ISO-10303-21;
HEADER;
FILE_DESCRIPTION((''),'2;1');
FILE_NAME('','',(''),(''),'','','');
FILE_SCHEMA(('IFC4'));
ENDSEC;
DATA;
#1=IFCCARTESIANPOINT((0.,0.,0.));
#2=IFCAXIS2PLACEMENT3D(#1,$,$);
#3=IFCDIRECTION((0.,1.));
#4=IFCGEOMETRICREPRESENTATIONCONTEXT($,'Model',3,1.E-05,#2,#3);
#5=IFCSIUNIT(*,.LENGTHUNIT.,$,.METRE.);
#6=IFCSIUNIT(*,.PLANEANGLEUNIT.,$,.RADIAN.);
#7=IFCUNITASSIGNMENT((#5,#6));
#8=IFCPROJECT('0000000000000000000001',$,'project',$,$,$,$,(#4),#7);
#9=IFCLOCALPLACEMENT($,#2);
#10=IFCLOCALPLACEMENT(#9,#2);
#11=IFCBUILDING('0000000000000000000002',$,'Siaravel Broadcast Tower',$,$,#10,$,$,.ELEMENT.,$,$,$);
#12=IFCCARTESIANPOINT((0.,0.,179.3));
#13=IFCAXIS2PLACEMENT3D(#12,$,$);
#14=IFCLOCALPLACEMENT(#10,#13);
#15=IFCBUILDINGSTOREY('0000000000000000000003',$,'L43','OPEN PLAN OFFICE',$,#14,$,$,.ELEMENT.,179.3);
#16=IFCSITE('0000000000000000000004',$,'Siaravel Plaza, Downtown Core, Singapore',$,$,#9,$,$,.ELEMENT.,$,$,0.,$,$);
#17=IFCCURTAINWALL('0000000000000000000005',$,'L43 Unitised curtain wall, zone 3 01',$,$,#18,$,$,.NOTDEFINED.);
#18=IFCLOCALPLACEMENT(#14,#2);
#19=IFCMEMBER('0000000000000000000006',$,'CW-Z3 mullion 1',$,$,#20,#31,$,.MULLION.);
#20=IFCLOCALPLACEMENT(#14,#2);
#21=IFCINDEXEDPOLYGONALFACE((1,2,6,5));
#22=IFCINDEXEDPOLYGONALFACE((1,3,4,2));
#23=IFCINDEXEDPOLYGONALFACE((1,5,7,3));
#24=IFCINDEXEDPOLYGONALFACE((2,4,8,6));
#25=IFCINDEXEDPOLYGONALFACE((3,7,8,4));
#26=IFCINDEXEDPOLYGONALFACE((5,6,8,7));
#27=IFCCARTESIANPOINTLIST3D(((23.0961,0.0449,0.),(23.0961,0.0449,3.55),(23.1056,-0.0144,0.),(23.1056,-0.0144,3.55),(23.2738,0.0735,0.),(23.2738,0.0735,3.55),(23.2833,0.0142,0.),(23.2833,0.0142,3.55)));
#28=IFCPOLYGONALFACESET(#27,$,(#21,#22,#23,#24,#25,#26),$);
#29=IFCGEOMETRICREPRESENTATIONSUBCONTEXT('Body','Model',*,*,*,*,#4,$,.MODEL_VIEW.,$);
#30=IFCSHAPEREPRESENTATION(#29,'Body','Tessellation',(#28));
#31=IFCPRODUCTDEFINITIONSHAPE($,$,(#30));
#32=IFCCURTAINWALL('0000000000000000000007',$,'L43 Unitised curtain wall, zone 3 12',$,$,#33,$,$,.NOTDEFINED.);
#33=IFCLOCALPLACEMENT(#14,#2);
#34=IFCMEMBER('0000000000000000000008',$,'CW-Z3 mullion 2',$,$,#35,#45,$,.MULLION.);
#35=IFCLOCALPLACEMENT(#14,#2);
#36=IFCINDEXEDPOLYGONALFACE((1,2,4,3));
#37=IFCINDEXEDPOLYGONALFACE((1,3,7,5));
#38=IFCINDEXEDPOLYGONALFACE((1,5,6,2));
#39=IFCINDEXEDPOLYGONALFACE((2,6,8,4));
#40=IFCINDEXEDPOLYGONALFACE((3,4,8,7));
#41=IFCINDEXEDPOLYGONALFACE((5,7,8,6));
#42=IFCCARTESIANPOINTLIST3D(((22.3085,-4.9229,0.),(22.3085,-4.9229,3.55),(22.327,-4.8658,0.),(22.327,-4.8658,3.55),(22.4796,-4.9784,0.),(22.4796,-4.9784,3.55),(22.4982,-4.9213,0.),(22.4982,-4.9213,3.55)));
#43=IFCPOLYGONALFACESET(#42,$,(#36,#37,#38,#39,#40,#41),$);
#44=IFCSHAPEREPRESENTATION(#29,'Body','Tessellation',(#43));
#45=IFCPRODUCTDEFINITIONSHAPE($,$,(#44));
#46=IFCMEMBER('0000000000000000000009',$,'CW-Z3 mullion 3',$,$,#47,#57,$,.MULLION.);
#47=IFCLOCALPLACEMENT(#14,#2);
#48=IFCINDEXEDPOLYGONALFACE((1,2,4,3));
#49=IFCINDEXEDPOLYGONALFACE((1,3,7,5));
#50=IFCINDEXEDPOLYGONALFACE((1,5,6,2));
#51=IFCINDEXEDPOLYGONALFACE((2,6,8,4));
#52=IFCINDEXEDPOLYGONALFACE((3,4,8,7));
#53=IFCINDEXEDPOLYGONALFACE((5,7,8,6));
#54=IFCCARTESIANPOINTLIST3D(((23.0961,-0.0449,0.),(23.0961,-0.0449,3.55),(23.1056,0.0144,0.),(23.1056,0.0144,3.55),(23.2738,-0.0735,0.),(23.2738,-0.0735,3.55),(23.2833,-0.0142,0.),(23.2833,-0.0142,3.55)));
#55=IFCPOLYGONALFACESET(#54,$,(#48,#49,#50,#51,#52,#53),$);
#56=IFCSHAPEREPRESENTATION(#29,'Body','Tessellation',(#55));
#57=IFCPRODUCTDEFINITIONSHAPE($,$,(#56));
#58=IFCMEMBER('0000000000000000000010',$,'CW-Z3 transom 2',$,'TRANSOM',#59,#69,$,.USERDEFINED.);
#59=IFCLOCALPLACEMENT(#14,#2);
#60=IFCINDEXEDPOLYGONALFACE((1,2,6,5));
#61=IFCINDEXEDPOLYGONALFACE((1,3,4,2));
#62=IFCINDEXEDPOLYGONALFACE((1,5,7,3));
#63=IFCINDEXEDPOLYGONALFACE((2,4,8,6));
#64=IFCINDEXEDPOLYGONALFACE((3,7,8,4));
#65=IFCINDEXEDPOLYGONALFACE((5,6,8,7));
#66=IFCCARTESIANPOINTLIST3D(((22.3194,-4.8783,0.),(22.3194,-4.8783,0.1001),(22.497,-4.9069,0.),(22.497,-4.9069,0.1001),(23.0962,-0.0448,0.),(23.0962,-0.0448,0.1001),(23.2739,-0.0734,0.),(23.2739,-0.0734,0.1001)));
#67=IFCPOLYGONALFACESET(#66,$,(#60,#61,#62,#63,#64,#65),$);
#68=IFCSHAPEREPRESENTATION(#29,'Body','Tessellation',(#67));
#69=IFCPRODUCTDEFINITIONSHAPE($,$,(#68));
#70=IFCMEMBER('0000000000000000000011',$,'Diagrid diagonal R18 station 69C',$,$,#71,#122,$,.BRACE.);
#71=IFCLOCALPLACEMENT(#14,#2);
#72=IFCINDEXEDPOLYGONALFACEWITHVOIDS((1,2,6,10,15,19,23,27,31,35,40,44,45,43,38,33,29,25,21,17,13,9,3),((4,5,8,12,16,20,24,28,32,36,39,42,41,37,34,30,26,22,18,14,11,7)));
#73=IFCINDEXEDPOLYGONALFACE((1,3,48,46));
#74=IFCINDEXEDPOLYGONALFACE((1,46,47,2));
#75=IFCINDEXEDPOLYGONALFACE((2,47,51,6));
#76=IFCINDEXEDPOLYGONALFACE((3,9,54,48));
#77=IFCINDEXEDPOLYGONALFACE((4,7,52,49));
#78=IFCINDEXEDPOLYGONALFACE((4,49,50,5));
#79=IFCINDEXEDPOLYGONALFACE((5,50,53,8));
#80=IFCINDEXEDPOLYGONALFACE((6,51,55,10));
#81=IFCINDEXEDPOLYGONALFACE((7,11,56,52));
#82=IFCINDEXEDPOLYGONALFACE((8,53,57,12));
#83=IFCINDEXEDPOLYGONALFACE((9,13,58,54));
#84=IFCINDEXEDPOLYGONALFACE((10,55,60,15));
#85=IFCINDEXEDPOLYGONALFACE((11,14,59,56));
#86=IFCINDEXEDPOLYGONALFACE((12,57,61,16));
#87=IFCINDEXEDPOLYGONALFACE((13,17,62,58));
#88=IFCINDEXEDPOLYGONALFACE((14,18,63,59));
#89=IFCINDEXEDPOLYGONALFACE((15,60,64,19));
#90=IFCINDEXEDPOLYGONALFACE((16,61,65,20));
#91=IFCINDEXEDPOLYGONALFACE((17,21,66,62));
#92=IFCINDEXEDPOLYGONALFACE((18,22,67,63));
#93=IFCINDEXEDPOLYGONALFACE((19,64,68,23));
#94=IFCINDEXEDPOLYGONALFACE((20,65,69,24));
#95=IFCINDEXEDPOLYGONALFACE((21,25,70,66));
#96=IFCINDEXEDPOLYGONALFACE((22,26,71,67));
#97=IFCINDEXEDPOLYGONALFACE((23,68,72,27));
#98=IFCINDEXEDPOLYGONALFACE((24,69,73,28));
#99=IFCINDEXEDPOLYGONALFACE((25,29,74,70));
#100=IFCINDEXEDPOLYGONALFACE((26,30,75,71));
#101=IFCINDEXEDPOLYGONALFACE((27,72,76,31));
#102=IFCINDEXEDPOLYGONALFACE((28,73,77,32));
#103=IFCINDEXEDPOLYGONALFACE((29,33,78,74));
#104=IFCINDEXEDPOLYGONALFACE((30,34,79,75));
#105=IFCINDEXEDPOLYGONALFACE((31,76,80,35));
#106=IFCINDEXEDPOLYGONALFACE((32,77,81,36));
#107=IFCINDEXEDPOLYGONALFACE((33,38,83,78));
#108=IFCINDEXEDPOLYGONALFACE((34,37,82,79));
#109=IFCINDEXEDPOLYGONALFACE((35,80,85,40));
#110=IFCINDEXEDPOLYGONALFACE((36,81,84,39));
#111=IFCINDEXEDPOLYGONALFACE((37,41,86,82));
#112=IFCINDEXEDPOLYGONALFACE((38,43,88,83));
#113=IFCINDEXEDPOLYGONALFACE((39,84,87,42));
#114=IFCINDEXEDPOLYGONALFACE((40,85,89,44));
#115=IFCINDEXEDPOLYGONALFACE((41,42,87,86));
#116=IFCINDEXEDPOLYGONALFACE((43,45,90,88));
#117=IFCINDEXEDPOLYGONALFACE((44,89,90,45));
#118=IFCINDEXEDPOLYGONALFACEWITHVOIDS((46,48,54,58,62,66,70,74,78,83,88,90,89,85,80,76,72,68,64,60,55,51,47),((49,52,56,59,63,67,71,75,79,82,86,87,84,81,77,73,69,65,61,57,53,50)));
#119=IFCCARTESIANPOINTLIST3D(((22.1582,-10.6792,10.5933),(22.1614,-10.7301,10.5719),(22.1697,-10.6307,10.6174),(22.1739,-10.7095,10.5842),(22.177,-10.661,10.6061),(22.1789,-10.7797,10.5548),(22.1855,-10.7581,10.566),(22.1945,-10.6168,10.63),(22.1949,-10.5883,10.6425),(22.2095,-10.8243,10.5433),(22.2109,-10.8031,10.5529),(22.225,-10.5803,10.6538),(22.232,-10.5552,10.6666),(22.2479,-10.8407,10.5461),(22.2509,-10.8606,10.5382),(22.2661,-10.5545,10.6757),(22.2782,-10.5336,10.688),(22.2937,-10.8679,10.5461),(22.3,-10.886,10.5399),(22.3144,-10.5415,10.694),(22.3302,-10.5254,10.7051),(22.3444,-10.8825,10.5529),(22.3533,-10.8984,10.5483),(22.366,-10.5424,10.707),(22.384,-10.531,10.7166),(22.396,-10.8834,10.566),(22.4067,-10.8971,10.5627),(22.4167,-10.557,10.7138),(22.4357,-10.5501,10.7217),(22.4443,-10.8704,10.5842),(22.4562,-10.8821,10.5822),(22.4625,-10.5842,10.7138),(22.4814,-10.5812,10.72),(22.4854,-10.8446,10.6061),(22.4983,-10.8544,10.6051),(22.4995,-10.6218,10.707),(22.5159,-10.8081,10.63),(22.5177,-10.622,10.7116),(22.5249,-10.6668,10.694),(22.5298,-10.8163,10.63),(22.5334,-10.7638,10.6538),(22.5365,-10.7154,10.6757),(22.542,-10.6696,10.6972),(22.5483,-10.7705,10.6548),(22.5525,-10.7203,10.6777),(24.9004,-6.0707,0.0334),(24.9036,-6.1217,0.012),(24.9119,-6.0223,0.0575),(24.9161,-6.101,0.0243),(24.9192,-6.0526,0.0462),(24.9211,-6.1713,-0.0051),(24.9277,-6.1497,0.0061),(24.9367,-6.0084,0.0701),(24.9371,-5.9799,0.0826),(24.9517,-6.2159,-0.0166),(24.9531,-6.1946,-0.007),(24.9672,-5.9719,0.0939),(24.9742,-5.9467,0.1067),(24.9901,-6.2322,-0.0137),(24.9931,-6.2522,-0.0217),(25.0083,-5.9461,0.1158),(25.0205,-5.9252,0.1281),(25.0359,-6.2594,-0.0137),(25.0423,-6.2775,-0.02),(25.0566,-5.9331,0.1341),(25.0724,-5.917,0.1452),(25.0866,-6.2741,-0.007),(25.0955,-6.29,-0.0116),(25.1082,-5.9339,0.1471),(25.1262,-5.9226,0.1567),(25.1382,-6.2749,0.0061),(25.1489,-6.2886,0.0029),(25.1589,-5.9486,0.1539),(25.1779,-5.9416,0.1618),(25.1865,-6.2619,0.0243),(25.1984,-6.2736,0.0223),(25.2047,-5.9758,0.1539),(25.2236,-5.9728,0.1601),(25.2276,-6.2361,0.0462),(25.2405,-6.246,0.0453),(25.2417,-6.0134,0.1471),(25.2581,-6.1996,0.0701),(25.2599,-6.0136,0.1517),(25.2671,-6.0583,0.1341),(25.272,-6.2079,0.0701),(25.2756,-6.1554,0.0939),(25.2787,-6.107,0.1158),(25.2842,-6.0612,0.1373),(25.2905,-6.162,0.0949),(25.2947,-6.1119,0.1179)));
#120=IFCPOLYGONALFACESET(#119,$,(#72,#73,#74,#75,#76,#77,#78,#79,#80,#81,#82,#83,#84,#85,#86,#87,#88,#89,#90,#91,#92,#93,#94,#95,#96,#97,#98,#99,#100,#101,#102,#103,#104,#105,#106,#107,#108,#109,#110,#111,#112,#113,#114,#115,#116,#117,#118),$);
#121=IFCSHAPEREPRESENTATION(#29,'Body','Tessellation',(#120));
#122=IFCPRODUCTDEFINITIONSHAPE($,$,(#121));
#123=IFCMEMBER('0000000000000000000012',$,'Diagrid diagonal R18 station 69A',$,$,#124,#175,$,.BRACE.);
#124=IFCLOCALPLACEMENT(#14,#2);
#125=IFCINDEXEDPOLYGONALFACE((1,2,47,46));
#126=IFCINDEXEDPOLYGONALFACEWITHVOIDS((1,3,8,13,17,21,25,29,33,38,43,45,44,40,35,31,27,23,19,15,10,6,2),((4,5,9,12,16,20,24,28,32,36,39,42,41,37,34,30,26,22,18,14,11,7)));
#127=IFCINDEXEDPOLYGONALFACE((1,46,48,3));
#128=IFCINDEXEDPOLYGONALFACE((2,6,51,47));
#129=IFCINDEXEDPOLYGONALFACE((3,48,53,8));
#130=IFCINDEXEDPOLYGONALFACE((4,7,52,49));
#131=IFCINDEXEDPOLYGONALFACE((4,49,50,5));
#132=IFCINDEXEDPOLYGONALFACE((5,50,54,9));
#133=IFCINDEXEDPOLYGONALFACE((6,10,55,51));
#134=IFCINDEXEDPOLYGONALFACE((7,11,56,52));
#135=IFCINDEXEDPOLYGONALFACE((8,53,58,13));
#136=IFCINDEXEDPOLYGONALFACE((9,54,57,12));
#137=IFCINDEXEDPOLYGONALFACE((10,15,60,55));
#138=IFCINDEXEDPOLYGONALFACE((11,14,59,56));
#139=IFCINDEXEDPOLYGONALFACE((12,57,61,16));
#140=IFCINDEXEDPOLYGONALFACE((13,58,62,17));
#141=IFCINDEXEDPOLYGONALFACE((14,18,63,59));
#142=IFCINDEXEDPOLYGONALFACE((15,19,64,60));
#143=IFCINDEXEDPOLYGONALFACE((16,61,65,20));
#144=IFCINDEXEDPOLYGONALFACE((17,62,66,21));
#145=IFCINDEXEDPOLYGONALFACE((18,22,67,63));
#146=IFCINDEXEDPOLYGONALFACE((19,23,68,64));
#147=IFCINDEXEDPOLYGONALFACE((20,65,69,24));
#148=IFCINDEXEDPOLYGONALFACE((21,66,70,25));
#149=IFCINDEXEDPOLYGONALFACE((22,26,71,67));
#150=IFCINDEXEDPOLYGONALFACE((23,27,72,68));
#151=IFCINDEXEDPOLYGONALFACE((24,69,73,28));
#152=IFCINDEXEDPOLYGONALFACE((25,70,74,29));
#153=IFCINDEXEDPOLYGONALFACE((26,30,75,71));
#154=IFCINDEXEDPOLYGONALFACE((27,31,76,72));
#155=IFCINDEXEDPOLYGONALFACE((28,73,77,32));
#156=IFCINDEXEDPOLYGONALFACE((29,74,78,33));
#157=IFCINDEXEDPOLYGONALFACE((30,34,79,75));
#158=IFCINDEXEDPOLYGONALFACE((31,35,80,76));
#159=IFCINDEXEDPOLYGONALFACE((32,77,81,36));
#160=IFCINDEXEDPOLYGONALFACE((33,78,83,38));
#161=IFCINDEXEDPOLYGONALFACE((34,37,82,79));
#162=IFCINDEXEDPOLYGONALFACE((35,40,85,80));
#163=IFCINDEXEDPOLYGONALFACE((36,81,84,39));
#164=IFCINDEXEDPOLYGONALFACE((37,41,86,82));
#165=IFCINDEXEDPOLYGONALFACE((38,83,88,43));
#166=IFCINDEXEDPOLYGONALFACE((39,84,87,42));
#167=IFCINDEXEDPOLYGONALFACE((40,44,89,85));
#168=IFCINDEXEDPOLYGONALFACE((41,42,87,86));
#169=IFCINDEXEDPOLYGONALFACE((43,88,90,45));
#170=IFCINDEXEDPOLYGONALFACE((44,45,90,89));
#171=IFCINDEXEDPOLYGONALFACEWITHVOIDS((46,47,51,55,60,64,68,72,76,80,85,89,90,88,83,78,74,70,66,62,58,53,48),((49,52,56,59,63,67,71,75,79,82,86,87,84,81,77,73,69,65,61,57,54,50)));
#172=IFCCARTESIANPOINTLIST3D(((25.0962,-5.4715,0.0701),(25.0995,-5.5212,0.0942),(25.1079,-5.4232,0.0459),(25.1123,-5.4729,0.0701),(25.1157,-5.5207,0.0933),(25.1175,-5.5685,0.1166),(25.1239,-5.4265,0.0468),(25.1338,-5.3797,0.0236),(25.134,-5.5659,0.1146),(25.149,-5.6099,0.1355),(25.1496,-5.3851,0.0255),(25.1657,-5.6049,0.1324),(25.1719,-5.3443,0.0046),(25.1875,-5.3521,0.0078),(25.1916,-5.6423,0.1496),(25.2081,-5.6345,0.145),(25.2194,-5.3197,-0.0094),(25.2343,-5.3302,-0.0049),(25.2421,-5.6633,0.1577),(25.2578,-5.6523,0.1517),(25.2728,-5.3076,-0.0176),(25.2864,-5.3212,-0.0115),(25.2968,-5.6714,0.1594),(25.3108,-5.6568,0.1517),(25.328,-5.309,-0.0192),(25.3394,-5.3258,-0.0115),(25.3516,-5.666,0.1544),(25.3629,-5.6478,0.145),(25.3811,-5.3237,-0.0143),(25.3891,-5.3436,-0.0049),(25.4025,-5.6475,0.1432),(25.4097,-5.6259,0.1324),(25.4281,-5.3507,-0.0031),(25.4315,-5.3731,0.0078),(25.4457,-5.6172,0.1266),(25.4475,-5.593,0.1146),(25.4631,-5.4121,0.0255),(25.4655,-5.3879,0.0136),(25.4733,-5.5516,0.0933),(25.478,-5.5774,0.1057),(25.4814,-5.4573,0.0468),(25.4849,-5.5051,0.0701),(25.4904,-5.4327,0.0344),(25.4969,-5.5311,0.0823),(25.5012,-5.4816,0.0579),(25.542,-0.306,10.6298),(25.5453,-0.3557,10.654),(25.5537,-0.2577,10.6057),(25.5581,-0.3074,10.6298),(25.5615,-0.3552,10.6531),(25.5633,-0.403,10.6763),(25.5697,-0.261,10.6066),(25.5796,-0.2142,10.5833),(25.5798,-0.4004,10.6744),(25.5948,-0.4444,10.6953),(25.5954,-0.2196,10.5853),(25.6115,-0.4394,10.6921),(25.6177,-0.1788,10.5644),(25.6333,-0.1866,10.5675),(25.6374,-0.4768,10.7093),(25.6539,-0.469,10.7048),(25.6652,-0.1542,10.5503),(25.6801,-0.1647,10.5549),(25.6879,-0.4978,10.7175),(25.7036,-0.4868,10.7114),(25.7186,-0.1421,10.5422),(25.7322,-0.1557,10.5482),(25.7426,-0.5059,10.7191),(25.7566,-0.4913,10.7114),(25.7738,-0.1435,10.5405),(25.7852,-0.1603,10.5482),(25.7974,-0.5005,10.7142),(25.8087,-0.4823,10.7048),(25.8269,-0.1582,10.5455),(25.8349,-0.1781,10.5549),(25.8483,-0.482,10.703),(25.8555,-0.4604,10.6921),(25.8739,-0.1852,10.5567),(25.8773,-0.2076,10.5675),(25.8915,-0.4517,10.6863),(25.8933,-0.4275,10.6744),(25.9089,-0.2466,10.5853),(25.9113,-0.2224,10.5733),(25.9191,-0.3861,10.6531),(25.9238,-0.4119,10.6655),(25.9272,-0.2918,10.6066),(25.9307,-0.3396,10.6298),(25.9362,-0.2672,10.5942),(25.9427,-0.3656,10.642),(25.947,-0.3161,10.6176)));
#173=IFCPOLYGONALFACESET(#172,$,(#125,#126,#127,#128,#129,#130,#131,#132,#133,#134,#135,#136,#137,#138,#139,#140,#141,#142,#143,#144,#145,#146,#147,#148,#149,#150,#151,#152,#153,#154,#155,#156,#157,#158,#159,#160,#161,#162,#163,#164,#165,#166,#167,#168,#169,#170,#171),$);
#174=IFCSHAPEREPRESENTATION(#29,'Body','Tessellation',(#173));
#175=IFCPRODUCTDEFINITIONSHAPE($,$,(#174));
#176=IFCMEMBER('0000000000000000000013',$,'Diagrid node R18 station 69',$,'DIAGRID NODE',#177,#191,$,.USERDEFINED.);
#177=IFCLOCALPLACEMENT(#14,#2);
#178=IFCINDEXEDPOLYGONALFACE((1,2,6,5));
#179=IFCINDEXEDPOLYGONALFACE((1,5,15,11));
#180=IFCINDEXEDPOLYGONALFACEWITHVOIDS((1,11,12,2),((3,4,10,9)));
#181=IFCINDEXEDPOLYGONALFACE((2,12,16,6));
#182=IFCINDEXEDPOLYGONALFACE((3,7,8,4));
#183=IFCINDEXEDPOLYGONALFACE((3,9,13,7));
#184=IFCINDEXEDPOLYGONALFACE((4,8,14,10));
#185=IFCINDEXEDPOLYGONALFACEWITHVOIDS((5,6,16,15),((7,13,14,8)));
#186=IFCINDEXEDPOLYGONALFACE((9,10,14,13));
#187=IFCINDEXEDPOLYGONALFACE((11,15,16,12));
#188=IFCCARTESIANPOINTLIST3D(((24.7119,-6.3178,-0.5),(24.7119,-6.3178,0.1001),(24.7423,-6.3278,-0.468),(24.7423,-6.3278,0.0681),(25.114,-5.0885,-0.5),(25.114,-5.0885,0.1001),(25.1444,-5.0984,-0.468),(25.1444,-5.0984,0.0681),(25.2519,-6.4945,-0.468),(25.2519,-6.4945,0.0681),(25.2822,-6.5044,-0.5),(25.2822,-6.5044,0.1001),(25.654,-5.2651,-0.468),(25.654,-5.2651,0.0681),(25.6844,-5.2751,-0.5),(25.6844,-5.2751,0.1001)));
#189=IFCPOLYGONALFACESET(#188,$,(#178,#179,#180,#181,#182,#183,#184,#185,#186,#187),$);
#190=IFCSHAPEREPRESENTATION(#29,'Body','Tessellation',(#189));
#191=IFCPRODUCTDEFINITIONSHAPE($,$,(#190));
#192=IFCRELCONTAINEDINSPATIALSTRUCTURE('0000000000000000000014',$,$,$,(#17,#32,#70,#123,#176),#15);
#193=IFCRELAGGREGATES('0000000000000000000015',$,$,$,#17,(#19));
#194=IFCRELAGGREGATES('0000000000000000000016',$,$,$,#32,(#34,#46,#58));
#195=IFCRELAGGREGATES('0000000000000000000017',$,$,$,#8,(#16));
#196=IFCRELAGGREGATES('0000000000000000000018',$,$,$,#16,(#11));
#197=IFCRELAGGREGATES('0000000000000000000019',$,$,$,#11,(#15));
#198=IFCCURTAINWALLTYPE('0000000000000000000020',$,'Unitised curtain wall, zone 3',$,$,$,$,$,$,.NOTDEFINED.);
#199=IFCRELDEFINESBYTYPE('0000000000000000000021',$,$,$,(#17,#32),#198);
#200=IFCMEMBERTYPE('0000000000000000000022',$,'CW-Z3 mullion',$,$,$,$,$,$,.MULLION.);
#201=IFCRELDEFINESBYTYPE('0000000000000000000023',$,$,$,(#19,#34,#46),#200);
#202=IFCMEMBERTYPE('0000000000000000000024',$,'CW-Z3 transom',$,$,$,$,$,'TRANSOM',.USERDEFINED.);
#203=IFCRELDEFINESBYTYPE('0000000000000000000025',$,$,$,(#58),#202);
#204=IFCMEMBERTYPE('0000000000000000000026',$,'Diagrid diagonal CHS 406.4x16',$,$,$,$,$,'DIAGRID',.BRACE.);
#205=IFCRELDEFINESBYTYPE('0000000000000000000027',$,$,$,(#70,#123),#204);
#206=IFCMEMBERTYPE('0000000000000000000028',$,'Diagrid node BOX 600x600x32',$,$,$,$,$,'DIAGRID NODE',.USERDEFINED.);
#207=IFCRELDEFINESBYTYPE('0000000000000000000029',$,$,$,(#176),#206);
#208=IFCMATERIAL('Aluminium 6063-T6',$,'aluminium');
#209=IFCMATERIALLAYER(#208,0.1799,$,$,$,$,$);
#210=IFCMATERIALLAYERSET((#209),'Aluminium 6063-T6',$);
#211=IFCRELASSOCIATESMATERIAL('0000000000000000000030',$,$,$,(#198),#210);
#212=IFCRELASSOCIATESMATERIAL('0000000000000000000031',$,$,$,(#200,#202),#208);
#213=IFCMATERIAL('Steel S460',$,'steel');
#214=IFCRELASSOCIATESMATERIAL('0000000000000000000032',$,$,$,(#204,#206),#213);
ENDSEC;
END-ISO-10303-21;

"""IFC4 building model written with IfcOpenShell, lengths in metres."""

from ifc_helpers import new_model, si_unit, direction, frame, origin, origin_2d, place, context, subcontext, project, spatial, rectangle, hollow_rectangle, hollow_circle, extrude, material, layer, layer_set, material_profile, profile_set, type_object, element, aggregate, save


model = new_model("IFC4")

# Units and contexts
model_context = context("Model", 3, precision=1e-05, world=origin(), true_north=direction((0.0, 1.0)))
body_context = subcontext(model_context, "Body", "Model", "MODEL_VIEW")
ifc_project = project(units=[si_unit("LENGTHUNIT", "METRE"), si_unit("PLANEANGLEUNIT", "RADIAN")], contexts=[model_context])

# Site, building, storey
site_placement = place(None, origin())
site = spatial("IfcSite", under=ifc_project, at=site_placement, Name="Siaravel Plaza, Downtown Core, Singapore", CompositionType="ELEMENT", RefElevation=0.0)
building_placement = place(site_placement, origin())
building = spatial("IfcBuilding", under=site, at=building_placement, Name="Siaravel Broadcast Tower", CompositionType="ELEMENT")
storey_placement = place(building_placement, frame((0.0, 0.0, 179.3)))
storey = spatial("IfcBuildingStorey", under=building, at=storey_placement, Name="L43", Description="OPEN PLAN OFFICE", CompositionType="ELEMENT", Elevation=179.3)

# Curtain wall, member
ifc_material_1 = material(Name="Aluminium 6063-T6", Category="aluminium")
ifc_layer_1 = layer(ifc_material_1, 0.1799)
ifc_layer_set_1 = layer_set([ifc_layer_1], Name="Aluminium 6063-T6")
curtain_wall_type = type_object("IfcCurtainWallType", Name="Unitised curtain wall, zone 3", PredefinedType="NOTDEFINED", material=ifc_layer_set_1)
curtain_wall_1_placement = place(storey_placement, origin())
curtain_wall_1 = element("IfcCurtainWall", 1, at=curtain_wall_1_placement, inside=storey, type_object=curtain_wall_type, Name="L43 Unitised curtain wall, zone 3 01", PredefinedType="NOTDEFINED")
ifc_material_profile_1 = material_profile(ifc_material_1, rectangle(XDim=0.1799, YDim=0.0601, at=origin_2d()))
ifc_profile_set_1 = profile_set([ifc_material_profile_1], Name="Aluminium 6063-T6")
member_type_1 = type_object("IfcMemberType", Name="CW-Z3 mullion", PredefinedType="MULLION", material=ifc_profile_set_1)
member_1_placement = place(storey_placement, frame((23.1897, 0.0295, 0.0), z_axis=(0.0, 0.0, 1.0), x_axis=(-0.987329, -0.158686, 0.0)))
member_1 = element("IfcMember", 2, at=member_1_placement, type_object=member_type_1, Name="CW-Z3 mullion 1", PredefinedType="MULLION", context=body_context, shape_type="SweptSolid", body=[
    extrude(rectangle(XDim=0.1799, YDim=0.0601, at=origin_2d()), origin(), (0.0, 0.0, 1.0), 3.55),
])
aggregate(curtain_wall_1, [member_1])

# Curtain wall, members
curtain_wall_2_placement = place(storey_placement, origin())
curtain_wall_2 = element("IfcCurtainWall", 3, at=curtain_wall_2_placement, inside=storey, type_object=curtain_wall_type, Name="L43 Unitised curtain wall, zone 3 12", PredefinedType="NOTDEFINED")
member_2_placement = place(storey_placement, frame((22.4033, -4.9221, 0.0), z_axis=(0.0, 0.0, 1.0), x_axis=(-0.951177, 0.308645, 0.0)))
member_2 = element("IfcMember", 4, at=member_2_placement, type_object=member_type_1, Name="CW-Z3 mullion 2", PredefinedType="MULLION", context=body_context, shape_type="SweptSolid", body=[
    extrude(rectangle(XDim=0.1799, YDim=0.0601, at=origin_2d()), origin(), (0.0, 0.0, 1.0), 3.55),
])
member_3_placement = place(storey_placement, frame((23.1897, -0.0295, 0.0), z_axis=(0.0, 0.0, 1.0), x_axis=(-0.987329, 0.158686, 0.0)))
member_3 = element("IfcMember", 5, at=member_3_placement, type_object=member_type_1, Name="CW-Z3 mullion 3", PredefinedType="MULLION", context=body_context, shape_type="SweptSolid", body=[
    extrude(rectangle(XDim=0.1799, YDim=0.0601, at=origin_2d()), origin(), (0.0, 0.0, 1.0), 3.55),
])
ifc_material_profile_2 = material_profile(ifc_material_1, rectangle(XDim=0.1799, YDim=0.1001, at=origin_2d()))
ifc_profile_set_2 = profile_set([ifc_material_profile_2], Name="Aluminium 6063-T6")
member_type_2 = type_object("IfcMemberType", Name="CW-Z3 transom", ElementType="TRANSOM", PredefinedType="USERDEFINED", material=ifc_profile_set_2)
member_4_placement = place(storey_placement, frame((22.4082, -4.8926, 0.05), z_axis=(0.158687, 0.987329, 0.0), x_axis=(-0.987329, 0.158687, 0.0)))
member_4 = element("IfcMember", 6, at=member_4_placement, type_object=member_type_2, Name="CW-Z3 transom 2", ObjectType="TRANSOM", PredefinedType="USERDEFINED", context=body_context, shape_type="SweptSolid", body=[
    extrude(rectangle(XDim=0.1799, YDim=0.1001, at=origin_2d()), origin(), (0.0, 0.0, 1.0), 4.8955),
])

# Members
ifc_material_2 = material(Name="Steel S460", Category="steel")
ifc_material_profile_3 = material_profile(ifc_material_2, hollow_circle(Radius=0.2031, WallThickness=0.0161, at=origin_2d()))
ifc_profile_set_3 = profile_set([ifc_material_profile_3], Name="Steel S460")
member_type_3 = type_object("IfcMemberType", Name="Diagrid diagonal CHS 406.4x16", ElementType="DIAGRID", PredefinedType="BRACE", material=ifc_profile_set_3)
member_5_placement = place(storey_placement, frame((25.0974, -6.104, 0.0701), z_axis=(-0.231537, -0.38911, 0.891619), x_axis=(0.859367, -0.511359, 0.0)))
element("IfcMember", 7, at=member_5_placement, inside=storey, type_object=member_type_3, Name="Diagrid diagonal R18 station 69C", PredefinedType="BRACE", context=body_context, shape_type="SweptSolid", body=[
    extrude(hollow_circle(Radius=0.2031, WallThickness=0.0161, at=origin_2d()), origin(), (0.0, 0.0, 1.0), 11.8435),
])
member_6_placement = place(storey_placement, frame((25.2986, -5.489, 0.0701), z_axis=(0.037895, 0.439097, 0.89764), x_axis=(-0.996297, 0.085983, 0.0)))
element("IfcMember", 8, at=member_6_placement, inside=storey, type_object=member_type_3, Name="Diagrid diagonal R18 station 69A", PredefinedType="BRACE", context=body_context, shape_type="SweptSolid", body=[
    extrude(hollow_circle(Radius=0.2031, WallThickness=0.0161, at=origin_2d()), origin(), (0.0, 0.0, 1.0), 11.7639),
])
ifc_material_profile_4 = material_profile(ifc_material_2, hollow_rectangle(XDim=0.6001, YDim=0.6001, WallThickness=0.032, at=origin_2d()))
ifc_profile_set_4 = profile_set([ifc_material_profile_4], Name="Steel S460")
member_type_4 = type_object("IfcMemberType", Name="Diagrid node BOX 600x600x32", ElementType="DIAGRID NODE", PredefinedType="USERDEFINED", material=ifc_profile_set_4)
member_7_placement = place(storey_placement, frame((24.9971, -6.4111, -0.2), z_axis=(0.3109, 0.950443, 0.0), x_axis=(-0.950443, 0.3109, 0.0)))
element("IfcMember", 9, at=member_7_placement, inside=storey, type_object=member_type_4, Name="Diagrid node R18 station 69", ObjectType="DIAGRID NODE", PredefinedType="USERDEFINED", context=body_context, shape_type="SweptSolid", body=[
    extrude(hollow_rectangle(XDim=0.6001, YDim=0.6001, WallThickness=0.032, at=origin_2d()), origin(), (0.0, 0.0, 1.0), 1.2935),
])

aggregate(curtain_wall_2, [member_2, member_3, member_4])

save(model, "model.ifc")
